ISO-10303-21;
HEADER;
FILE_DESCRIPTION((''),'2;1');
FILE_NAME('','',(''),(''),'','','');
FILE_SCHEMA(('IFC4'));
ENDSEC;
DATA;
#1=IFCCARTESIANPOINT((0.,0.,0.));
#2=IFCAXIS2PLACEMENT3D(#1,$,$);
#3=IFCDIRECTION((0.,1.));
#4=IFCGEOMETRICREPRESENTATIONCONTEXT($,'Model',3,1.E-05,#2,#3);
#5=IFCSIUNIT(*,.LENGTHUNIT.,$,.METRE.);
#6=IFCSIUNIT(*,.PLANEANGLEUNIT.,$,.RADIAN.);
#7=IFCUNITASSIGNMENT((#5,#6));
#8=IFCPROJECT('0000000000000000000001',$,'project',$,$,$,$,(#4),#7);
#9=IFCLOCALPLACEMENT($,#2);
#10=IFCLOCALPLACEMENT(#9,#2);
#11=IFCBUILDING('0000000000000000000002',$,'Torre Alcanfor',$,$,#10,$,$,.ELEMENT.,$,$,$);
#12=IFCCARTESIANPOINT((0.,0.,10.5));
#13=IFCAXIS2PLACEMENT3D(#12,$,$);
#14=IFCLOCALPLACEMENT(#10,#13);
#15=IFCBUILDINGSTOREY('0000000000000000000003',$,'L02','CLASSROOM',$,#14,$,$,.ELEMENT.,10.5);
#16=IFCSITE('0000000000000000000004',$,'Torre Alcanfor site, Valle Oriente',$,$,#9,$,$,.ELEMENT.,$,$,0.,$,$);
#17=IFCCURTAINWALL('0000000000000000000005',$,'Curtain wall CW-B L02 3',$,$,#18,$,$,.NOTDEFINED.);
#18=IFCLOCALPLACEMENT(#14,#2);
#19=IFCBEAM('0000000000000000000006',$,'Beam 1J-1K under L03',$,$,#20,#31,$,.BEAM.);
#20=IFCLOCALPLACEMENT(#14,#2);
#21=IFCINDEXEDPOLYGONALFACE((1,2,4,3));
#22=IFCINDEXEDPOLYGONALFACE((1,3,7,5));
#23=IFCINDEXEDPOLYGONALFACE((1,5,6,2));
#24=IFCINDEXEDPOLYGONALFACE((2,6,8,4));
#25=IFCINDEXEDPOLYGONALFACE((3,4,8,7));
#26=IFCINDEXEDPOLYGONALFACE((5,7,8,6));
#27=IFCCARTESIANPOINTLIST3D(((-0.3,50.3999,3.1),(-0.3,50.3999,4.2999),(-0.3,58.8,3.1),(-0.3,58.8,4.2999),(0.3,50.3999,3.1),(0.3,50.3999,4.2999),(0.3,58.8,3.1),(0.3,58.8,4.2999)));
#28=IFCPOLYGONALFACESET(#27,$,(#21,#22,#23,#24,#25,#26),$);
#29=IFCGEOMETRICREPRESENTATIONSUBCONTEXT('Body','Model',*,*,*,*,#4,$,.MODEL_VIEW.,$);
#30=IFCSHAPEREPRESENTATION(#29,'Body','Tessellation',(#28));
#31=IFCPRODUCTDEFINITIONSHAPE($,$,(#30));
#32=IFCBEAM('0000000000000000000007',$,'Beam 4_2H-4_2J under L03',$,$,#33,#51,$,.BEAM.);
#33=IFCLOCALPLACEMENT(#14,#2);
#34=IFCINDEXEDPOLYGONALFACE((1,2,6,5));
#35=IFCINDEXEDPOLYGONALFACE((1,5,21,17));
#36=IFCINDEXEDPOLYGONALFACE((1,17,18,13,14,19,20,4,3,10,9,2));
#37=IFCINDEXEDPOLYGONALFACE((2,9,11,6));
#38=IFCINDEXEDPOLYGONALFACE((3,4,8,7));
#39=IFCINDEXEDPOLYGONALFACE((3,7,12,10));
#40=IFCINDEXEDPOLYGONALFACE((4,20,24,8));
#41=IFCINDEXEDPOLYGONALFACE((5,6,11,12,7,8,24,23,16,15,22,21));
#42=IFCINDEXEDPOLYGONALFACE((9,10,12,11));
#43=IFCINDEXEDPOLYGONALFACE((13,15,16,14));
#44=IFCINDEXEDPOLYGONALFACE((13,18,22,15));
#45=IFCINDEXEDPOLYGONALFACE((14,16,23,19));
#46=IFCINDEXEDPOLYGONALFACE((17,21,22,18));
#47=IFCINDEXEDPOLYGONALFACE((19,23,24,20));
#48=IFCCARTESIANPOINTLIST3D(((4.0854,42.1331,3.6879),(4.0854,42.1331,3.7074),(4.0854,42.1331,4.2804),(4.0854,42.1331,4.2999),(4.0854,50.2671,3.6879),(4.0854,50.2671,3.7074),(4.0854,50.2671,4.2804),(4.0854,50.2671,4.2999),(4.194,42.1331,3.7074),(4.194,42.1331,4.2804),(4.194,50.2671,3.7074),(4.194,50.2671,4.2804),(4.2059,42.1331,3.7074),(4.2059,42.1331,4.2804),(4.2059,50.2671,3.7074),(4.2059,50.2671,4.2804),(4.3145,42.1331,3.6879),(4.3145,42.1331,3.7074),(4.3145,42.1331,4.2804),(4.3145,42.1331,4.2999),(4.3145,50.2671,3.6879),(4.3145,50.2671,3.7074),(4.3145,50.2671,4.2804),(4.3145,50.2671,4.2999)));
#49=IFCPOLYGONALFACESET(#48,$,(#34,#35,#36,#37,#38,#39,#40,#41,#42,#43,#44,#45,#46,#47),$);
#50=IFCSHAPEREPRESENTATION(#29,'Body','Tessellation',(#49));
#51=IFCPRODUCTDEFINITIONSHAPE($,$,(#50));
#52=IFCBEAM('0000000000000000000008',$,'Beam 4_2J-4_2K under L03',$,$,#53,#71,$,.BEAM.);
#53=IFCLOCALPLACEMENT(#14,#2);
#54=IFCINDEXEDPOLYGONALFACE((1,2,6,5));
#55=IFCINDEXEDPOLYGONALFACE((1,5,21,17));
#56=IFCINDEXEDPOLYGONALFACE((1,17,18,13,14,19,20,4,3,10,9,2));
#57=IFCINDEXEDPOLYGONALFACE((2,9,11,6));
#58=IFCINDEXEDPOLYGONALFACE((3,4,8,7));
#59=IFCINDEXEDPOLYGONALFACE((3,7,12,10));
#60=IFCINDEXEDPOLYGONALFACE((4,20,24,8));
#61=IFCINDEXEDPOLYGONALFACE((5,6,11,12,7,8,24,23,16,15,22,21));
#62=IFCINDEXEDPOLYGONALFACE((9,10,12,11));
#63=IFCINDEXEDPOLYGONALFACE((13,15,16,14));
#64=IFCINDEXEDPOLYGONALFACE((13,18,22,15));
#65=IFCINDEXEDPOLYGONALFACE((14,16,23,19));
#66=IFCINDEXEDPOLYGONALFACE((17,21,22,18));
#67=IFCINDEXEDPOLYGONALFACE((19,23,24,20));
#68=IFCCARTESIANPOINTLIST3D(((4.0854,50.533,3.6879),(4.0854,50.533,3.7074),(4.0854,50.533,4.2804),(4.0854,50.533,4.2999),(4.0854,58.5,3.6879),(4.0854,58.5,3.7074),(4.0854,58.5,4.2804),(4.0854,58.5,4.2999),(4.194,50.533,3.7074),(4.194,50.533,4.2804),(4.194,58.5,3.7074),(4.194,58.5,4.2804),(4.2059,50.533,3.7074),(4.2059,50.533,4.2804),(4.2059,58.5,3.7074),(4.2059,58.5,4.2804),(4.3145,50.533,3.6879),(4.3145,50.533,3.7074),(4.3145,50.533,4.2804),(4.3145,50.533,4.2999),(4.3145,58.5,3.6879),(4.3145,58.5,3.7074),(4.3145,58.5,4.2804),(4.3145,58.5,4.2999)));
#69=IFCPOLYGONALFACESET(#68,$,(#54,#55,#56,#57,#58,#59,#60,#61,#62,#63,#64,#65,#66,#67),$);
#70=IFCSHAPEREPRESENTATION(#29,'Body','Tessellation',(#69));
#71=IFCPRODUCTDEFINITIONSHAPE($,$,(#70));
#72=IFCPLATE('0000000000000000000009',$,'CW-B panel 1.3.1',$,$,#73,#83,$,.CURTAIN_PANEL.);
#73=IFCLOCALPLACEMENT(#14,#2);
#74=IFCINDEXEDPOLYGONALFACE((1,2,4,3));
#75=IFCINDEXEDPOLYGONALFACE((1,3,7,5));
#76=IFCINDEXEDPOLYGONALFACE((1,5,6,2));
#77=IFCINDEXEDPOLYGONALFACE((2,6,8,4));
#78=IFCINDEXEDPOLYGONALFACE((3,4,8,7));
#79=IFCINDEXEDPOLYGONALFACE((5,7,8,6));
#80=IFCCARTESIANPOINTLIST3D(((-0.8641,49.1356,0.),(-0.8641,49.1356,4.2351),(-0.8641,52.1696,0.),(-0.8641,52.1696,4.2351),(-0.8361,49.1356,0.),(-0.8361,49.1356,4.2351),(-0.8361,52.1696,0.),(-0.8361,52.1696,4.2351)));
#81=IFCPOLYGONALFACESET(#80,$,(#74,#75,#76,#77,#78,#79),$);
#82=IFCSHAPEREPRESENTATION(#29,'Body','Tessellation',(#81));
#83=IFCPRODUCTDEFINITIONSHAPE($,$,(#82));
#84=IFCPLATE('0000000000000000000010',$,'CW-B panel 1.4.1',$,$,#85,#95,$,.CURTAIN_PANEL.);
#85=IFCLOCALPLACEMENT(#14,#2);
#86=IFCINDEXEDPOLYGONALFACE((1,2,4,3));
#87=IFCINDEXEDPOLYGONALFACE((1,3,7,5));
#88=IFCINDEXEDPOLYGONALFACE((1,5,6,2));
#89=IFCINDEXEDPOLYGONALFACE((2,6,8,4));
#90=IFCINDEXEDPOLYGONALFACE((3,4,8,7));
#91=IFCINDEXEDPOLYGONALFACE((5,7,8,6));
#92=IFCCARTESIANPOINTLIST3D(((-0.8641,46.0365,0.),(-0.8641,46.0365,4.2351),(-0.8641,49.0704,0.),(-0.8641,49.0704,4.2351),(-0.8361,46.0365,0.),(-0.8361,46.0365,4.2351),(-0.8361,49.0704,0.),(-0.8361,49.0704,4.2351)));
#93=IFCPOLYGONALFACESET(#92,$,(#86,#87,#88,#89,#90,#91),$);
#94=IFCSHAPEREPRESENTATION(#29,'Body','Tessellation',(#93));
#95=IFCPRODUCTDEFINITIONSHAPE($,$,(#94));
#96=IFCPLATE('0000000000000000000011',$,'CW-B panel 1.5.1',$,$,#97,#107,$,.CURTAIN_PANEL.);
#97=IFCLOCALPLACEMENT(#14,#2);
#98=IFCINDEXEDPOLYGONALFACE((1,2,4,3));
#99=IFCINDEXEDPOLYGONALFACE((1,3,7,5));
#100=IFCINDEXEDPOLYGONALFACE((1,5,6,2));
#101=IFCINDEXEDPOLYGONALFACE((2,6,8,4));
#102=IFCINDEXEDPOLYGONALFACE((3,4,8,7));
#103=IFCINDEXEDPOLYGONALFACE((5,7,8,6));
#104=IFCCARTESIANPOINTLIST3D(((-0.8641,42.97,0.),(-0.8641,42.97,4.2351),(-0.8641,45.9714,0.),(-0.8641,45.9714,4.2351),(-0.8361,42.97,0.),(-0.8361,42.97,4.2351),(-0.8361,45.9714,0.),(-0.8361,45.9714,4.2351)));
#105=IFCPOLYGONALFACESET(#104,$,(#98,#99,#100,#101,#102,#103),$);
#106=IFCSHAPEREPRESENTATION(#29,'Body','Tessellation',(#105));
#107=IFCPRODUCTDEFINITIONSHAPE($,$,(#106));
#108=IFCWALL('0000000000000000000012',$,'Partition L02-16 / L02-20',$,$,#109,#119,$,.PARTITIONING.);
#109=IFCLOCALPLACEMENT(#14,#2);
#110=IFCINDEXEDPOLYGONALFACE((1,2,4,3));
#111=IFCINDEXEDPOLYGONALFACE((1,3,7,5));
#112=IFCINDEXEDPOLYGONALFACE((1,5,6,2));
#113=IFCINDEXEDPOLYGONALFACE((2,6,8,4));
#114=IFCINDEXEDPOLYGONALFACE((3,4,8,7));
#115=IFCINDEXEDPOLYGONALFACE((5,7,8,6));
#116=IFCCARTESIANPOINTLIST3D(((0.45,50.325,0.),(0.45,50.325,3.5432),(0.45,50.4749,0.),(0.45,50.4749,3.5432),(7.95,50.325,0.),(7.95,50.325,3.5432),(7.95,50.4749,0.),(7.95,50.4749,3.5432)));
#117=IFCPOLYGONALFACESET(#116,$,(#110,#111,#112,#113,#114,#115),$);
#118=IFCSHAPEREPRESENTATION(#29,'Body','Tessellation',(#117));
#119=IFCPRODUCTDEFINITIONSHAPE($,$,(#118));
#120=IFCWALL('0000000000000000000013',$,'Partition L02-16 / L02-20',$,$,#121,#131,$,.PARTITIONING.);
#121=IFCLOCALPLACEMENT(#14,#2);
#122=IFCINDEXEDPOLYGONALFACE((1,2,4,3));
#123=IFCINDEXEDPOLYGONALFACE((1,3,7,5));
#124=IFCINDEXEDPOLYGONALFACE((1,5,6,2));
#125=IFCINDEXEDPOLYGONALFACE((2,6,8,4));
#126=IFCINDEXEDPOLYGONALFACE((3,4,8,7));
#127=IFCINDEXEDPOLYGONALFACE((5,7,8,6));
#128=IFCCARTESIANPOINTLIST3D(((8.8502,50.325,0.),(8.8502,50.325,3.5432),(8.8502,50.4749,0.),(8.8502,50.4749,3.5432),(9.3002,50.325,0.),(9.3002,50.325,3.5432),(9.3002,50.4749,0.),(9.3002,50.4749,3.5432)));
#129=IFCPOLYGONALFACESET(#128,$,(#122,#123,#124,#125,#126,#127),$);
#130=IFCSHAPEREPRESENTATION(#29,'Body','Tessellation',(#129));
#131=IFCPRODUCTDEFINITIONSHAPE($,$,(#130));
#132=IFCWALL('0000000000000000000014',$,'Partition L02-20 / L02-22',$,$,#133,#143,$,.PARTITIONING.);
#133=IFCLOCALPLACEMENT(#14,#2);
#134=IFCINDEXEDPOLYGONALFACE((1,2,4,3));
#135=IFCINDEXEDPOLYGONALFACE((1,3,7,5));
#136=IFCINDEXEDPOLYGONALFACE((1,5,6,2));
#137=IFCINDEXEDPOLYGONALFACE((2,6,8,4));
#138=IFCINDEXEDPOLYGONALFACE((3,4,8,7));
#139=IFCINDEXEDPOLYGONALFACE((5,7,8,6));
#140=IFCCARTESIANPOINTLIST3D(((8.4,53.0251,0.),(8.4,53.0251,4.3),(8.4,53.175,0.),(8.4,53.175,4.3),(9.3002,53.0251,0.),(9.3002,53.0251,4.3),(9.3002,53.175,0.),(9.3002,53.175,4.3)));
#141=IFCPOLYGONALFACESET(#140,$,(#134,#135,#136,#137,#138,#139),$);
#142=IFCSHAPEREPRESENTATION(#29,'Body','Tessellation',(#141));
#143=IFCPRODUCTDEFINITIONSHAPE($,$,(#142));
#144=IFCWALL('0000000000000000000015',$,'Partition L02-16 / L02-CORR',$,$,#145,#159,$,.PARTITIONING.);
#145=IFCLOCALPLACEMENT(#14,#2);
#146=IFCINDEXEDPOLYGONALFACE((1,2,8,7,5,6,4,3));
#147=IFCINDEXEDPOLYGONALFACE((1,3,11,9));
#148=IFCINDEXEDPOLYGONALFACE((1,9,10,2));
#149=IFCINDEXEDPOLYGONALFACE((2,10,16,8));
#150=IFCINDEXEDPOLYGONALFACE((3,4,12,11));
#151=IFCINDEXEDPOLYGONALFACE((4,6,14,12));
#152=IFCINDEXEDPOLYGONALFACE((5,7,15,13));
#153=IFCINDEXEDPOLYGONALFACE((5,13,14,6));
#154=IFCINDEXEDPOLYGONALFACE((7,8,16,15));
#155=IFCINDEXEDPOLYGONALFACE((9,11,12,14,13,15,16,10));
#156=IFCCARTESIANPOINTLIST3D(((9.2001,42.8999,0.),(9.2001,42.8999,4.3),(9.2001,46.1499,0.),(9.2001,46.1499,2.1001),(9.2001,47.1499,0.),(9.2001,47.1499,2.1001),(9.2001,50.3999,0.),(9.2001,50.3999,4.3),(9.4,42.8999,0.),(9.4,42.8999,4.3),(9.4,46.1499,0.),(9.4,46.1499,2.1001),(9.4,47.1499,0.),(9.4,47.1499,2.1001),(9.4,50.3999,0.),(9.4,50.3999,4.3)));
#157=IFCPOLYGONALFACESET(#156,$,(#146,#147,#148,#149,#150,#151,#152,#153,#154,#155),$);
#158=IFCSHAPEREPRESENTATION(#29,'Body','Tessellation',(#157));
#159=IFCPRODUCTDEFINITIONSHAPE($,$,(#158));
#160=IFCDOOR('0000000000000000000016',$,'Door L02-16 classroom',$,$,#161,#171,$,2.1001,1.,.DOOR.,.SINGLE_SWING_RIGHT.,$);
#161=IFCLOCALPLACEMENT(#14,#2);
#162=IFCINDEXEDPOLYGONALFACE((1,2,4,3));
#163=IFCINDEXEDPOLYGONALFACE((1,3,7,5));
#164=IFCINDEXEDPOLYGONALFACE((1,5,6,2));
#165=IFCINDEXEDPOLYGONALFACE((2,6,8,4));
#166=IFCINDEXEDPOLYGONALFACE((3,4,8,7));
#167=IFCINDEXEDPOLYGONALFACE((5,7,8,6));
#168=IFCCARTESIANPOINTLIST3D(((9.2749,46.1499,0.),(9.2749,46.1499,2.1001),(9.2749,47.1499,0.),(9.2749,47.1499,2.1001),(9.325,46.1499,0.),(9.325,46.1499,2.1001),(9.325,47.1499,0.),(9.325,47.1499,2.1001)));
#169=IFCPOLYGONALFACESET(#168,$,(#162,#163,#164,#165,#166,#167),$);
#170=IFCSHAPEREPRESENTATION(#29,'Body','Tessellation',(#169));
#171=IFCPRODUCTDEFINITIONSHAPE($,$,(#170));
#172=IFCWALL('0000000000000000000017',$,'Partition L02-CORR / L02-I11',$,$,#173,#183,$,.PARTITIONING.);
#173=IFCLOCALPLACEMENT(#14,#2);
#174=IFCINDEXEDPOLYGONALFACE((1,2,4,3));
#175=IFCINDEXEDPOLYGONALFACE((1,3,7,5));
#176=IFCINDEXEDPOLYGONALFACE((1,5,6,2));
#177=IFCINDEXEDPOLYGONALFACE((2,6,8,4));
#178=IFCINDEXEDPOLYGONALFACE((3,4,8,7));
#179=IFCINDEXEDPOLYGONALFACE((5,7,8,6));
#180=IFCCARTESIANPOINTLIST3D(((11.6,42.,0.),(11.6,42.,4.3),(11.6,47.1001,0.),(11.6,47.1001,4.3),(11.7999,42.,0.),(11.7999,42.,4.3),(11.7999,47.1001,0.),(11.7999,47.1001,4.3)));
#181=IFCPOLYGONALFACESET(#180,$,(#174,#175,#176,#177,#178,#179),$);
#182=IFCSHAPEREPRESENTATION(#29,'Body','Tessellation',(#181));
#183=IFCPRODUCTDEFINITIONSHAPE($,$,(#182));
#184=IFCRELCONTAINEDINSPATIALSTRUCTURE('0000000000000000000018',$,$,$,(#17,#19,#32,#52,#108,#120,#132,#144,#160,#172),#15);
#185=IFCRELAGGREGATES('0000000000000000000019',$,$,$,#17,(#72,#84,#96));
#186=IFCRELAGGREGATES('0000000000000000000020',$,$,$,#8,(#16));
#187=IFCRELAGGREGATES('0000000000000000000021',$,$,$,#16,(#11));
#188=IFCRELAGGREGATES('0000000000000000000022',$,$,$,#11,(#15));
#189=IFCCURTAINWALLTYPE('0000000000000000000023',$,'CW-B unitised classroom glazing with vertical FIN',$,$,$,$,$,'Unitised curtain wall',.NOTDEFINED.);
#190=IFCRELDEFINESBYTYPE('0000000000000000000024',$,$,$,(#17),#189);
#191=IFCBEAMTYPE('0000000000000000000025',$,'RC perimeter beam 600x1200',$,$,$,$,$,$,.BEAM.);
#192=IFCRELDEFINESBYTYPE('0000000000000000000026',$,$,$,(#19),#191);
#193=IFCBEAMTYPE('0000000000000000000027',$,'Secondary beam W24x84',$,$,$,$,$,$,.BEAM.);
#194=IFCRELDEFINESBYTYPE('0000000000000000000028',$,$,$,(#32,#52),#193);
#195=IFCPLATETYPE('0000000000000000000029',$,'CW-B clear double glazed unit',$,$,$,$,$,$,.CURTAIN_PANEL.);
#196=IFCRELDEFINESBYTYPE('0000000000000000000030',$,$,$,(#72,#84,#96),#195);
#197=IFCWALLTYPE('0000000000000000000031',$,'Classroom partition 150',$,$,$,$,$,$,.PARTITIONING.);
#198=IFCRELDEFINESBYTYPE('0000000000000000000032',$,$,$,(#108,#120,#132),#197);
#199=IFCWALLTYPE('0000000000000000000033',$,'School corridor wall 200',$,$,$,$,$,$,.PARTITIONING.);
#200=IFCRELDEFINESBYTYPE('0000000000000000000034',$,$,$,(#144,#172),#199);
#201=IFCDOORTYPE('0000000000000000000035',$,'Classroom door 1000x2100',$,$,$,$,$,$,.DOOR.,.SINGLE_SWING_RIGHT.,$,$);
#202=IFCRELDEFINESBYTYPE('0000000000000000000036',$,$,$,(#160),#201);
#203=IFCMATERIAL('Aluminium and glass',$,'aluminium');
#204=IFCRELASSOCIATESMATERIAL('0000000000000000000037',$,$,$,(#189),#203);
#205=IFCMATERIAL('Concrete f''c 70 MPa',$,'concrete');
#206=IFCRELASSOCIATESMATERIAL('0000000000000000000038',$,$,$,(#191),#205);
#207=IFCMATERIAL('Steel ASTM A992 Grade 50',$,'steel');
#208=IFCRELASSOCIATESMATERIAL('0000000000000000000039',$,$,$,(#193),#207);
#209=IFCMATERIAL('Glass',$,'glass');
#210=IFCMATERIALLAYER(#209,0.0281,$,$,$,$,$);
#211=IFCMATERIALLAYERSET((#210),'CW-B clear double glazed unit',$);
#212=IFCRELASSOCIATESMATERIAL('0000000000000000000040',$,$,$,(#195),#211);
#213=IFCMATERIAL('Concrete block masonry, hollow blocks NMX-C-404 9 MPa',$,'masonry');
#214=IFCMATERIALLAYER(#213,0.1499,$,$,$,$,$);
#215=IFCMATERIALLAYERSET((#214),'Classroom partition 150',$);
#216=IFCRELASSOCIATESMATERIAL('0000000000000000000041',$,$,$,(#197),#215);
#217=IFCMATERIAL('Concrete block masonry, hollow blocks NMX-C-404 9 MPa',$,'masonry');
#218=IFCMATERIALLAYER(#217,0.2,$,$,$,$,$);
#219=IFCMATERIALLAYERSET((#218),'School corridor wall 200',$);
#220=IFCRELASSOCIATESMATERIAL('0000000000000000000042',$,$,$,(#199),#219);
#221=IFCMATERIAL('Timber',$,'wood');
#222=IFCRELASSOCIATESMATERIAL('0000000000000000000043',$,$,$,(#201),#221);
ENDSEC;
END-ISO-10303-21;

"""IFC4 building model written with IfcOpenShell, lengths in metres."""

from ifc_helpers import new_model, si_unit, direction, frame, frame_2d, origin, origin_2d, place, context, subcontext, project, spatial, rectangle, i_section, extrude, material, layer, layer_set, material_profile, profile_set, type_object, element, fill, aggregate, save


model = new_model("IFC4")

# Units and contexts
model_context = context("Model", 3, precision=1e-05, world=origin(), true_north=direction((0.0, 1.0)))
body_context = subcontext(model_context, "Body", "Model", "MODEL_VIEW")
ifc_project = project(units=[si_unit("LENGTHUNIT", "METRE"), si_unit("PLANEANGLEUNIT", "RADIAN")], contexts=[model_context])

# Site, building, storey
site_placement = place(None, origin())
site = spatial("IfcSite", under=ifc_project, at=site_placement, Name="Torre Alcanfor site, Valle Oriente", CompositionType="ELEMENT", RefElevation=0.0)
building_placement = place(site_placement, origin())
building = spatial("IfcBuilding", under=site, at=building_placement, Name="Torre Alcanfor", CompositionType="ELEMENT")
storey_placement = place(building_placement, frame((0.0, 0.0, 10.5)))
storey = spatial("IfcBuildingStorey", under=building, at=storey_placement, Name="L02", Description="CLASSROOM", CompositionType="ELEMENT", Elevation=10.5)

# Curtain wall
ifc_material_1 = material(Name="Aluminium and glass", Category="aluminium")
curtain_wall_type = type_object("IfcCurtainWallType", Name="CW-B unitised classroom glazing with vertical FIN", ElementType="Unitised curtain wall", PredefinedType="NOTDEFINED", material=ifc_material_1)
curtain_wall_placement = place(storey_placement, origin())
curtain_wall = element("IfcCurtainWall", 1, at=curtain_wall_placement, inside=storey, type_object=curtain_wall_type, Name="Curtain wall CW-B L02 3", PredefinedType="NOTDEFINED")

# Beams
ifc_material_2 = material(Name="Concrete f'c 70 MPa", Category="concrete")
ifc_material_profile_1 = material_profile(ifc_material_2, rectangle(XDim=0.6001, YDim=1.2, at=origin_2d()), Name="600x1200")
ifc_profile_set_1 = profile_set([ifc_material_profile_1], Name="Concrete f'c 70 MPa")
beam_type_1 = type_object("IfcBeamType", Name="RC perimeter beam 600x1200", PredefinedType="BEAM", material=ifc_profile_set_1)
beam_1_placement = place(storey_placement, frame((0.0, 50.3999, 3.7), z_axis=(0.0, 1.0, 0.0), x_axis=(-1.0, 0.0, 0.0)))
element("IfcBeam", 2, at=beam_1_placement, inside=storey, type_object=beam_type_1, Name="Beam 1J-1K under L03", PredefinedType="BEAM", context=body_context, shape_type="SweptSolid", body=[
    extrude(rectangle(XDim=0.6001, YDim=1.2, at=origin_2d()), origin(), (0.0, 0.0, 1.0), 8.4001),
])
ifc_material_3 = material(Name="Steel ASTM A992 Grade 50", Category="steel")
ifc_material_profile_2 = material_profile(ifc_material_3, i_section(OverallWidth=0.229, OverallDepth=0.6121, WebThickness=0.012, FlangeThickness=0.0195, at=origin_2d()), Name="W24x84")
ifc_profile_set_2 = profile_set([ifc_material_profile_2], Name="Steel ASTM A992 Grade 50")
beam_type_2 = type_object("IfcBeamType", Name="Secondary beam W24x84", PredefinedType="BEAM", material=ifc_profile_set_2)
beam_2_placement = place(storey_placement, frame((4.2, 42.1331, 3.9939), z_axis=(0.0, 1.0, 0.0), x_axis=(-1.0, 0.0, 0.0)))
element("IfcBeam", 3, at=beam_2_placement, inside=storey, type_object=beam_type_2, Name="Beam 4_2H-4_2J under L03", PredefinedType="BEAM", context=body_context, shape_type="SweptSolid", body=[
    extrude(i_section(OverallWidth=0.229, OverallDepth=0.6121, WebThickness=0.012, FlangeThickness=0.0195, at=origin_2d()), origin(), (0.0, 0.0, 1.0), 8.134),
])
beam_3_placement = place(storey_placement, frame((4.2, 50.533, 3.9939), z_axis=(0.0, 1.0, 0.0), x_axis=(-1.0, 0.0, 0.0)))
element("IfcBeam", 4, at=beam_3_placement, inside=storey, type_object=beam_type_2, Name="Beam 4_2J-4_2K under L03", PredefinedType="BEAM", context=body_context, shape_type="SweptSolid", body=[
    extrude(i_section(OverallWidth=0.229, OverallDepth=0.6121, WebThickness=0.012, FlangeThickness=0.0195, at=origin_2d()), origin(), (0.0, 0.0, 1.0), 7.967),
])

# Plates
ifc_material_4 = material(Name="Glass", Category="glass")
ifc_layer_1 = layer(ifc_material_4, 0.0281)
ifc_layer_set_1 = layer_set([ifc_layer_1], Name="CW-B clear double glazed unit")
plate_type = type_object("IfcPlateType", Name="CW-B clear double glazed unit", PredefinedType="CURTAIN_PANEL", material=ifc_layer_set_1)
plate_1_placement = place(storey_placement, frame((-0.8501, 50.6526, 0.0), z_axis=(0.0, 0.0, 1.0), x_axis=(0.0, -1.0, 0.0)))
plate_1 = element("IfcPlate", 5, at=plate_1_placement, type_object=plate_type, Name="CW-B panel 1.3.1", PredefinedType="CURTAIN_PANEL", context=body_context, shape_type="SweptSolid", body=[
    extrude(rectangle(XDim=3.0339, YDim=0.0281, at=origin_2d()), origin(), (0.0, 0.0, 1.0), 4.2351),
])
plate_2_placement = place(storey_placement, frame((-0.8501, 47.5535, 0.0), z_axis=(0.0, 0.0, 1.0), x_axis=(0.0, -1.0, 0.0)))
plate_2 = element("IfcPlate", 6, at=plate_2_placement, type_object=plate_type, Name="CW-B panel 1.4.1", PredefinedType="CURTAIN_PANEL", context=body_context, shape_type="SweptSolid", body=[
    extrude(rectangle(XDim=3.0339, YDim=0.0281, at=origin_2d()), origin(), (0.0, 0.0, 1.0), 4.2351),
])
plate_3_placement = place(storey_placement, frame((-0.8501, 44.4707, 0.0), z_axis=(0.0, 0.0, 1.0), x_axis=(0.0, -1.0, 0.0)))
plate_3 = element("IfcPlate", 7, at=plate_3_placement, type_object=plate_type, Name="CW-B panel 1.5.1", PredefinedType="CURTAIN_PANEL", context=body_context, shape_type="SweptSolid", body=[
    extrude(rectangle(XDim=3.0015, YDim=0.0281, at=origin_2d()), origin(), (0.0, 0.0, 1.0), 4.2351),
])
aggregate(curtain_wall, [plate_1, plate_2, plate_3])

# Walls
ifc_material_5 = material(Name="Concrete block masonry, hollow blocks NMX-C-404 9 MPa", Category="masonry")
ifc_layer_2 = layer(ifc_material_5, 0.1499)
ifc_layer_set_2 = layer_set([ifc_layer_2], Name="Classroom partition 150")
wall_type_1 = type_object("IfcWallType", Name="Classroom partition 150", PredefinedType="PARTITIONING", material=ifc_layer_set_2)
wall_1_placement = place(storey_placement, frame((0.45, 50.3999, 0.0), z_axis=(0.0, 0.0, 1.0), x_axis=(1.0, 0.0, 0.0)))
element("IfcWall", 8, at=wall_1_placement, inside=storey, type_object=wall_type_1, Name="Partition L02-16 / L02-20", PredefinedType="PARTITIONING", context=body_context, shape_type="SweptSolid", body=[
    extrude(rectangle(XDim=7.5, YDim=0.1499, at=frame_2d((3.75, 0.0))), origin(), (0.0, 0.0, 1.0), 3.5432),
])
wall_2_placement = place(storey_placement, frame((8.8501, 50.3999, 0.0), z_axis=(0.0, 0.0, 1.0), x_axis=(1.0, 0.0, 0.0)))
element("IfcWall", 9, at=wall_2_placement, inside=storey, type_object=wall_type_1, Name="Partition L02-16 / L02-20", PredefinedType="PARTITIONING", context=body_context, shape_type="SweptSolid", body=[
    extrude(rectangle(XDim=0.45, YDim=0.1499, at=frame_2d((0.2251, 0.0))), origin(), (0.0, 0.0, 1.0), 3.5432),
])
wall_3_placement = place(storey_placement, frame((8.3999, 53.1001, 0.0), z_axis=(0.0, 0.0, 1.0), x_axis=(1.0, 0.0, 0.0)))
element("IfcWall", 10, at=wall_3_placement, inside=storey, type_object=wall_type_1, Name="Partition L02-20 / L02-22", PredefinedType="PARTITIONING", context=body_context, shape_type="SweptSolid", body=[
    extrude(rectangle(XDim=0.9001, YDim=0.1499, at=frame_2d((0.4502, 0.0))), origin(), (0.0, 0.0, 1.0), 4.3),
])

# Wall, opening, door
ifc_material_6 = material(Name="Concrete block masonry, hollow blocks NMX-C-404 9 MPa", Category="masonry")
ifc_layer_3 = layer(ifc_material_6, 0.2)
ifc_layer_set_3 = layer_set([ifc_layer_3], Name="School corridor wall 200")
wall_type_2 = type_object("IfcWallType", Name="School corridor wall 200", PredefinedType="PARTITIONING", material=ifc_layer_set_3)
wall_4_placement = place(storey_placement, frame((9.3, 50.3999, 0.0), z_axis=(0.0, 0.0, 1.0), x_axis=(0.0, -1.0, 0.0)))
wall_4 = element("IfcWall", 11, at=wall_4_placement, inside=storey, type_object=wall_type_2, Name="Partition L02-16 / L02-CORR", PredefinedType="PARTITIONING", context=body_context, shape_type="SweptSolid", body=[
    extrude(rectangle(XDim=7.5, YDim=0.2, at=frame_2d((3.75, 0.0))), origin(), (0.0, 0.0, 1.0), 4.3),
])
opening_placement = place(wall_4_placement, frame((3.25, 0.0, 0.0)))
opening = element("IfcOpeningElement", 12, at=opening_placement, cuts=wall_4, PredefinedType="OPENING", context=body_context, shape_type="SweptSolid", body=[
    extrude(rectangle(XDim=1.0, YDim=2.1001, at=frame_2d((0.5, 1.05))), frame((0.0, 0.1099, 0.0), z_axis=(0.0, -1.0, 0.0), x_axis=(1.0, 0.0, 0.0)), (0.0, 0.0, 1.0), 0.22),
])
ifc_material_7 = material(Name="Timber", Category="wood")
door_type = type_object("IfcDoorType", Name="Classroom door 1000x2100", OperationType="SINGLE_SWING_RIGHT", PredefinedType="DOOR", material=ifc_material_7)
door_placement = place(opening_placement, frame((1.0, 0.0, 0.0), z_axis=(0.0, 0.0, 1.0), x_axis=(-1.0, 0.0, 0.0)))
door = element("IfcDoor", 13, at=door_placement, inside=storey, type_object=door_type, Name="Door L02-16 classroom", OperationType="SINGLE_SWING_RIGHT", OverallHeight=2.1001, OverallWidth=1.0, PredefinedType="DOOR", context=body_context, shape_type="SweptSolid", body=[
    extrude(rectangle(XDim=1.0, YDim=2.1001, at=frame_2d((0.5, 1.05))), frame((0.0, 0.0251, 0.0), z_axis=(0.0, -1.0, 0.0), x_axis=(1.0, 0.0, 0.0)), (0.0, 0.0, 1.0), 0.05),
])
fill(opening, door)

# Wall
wall_5_placement = place(storey_placement, frame((11.7, 47.1001, 0.0), z_axis=(0.0, 0.0, 1.0), x_axis=(0.0, -1.0, 0.0)))
element("IfcWall", 14, at=wall_5_placement, inside=storey, type_object=wall_type_2, Name="Partition L02-CORR / L02-I11", PredefinedType="PARTITIONING", context=body_context, shape_type="SweptSolid", body=[
    extrude(rectangle(XDim=5.1001, YDim=0.2, at=frame_2d((2.55, 0.0))), origin(), (0.0, 0.0, 1.0), 4.3),
])

save(model, "model.ifc")
